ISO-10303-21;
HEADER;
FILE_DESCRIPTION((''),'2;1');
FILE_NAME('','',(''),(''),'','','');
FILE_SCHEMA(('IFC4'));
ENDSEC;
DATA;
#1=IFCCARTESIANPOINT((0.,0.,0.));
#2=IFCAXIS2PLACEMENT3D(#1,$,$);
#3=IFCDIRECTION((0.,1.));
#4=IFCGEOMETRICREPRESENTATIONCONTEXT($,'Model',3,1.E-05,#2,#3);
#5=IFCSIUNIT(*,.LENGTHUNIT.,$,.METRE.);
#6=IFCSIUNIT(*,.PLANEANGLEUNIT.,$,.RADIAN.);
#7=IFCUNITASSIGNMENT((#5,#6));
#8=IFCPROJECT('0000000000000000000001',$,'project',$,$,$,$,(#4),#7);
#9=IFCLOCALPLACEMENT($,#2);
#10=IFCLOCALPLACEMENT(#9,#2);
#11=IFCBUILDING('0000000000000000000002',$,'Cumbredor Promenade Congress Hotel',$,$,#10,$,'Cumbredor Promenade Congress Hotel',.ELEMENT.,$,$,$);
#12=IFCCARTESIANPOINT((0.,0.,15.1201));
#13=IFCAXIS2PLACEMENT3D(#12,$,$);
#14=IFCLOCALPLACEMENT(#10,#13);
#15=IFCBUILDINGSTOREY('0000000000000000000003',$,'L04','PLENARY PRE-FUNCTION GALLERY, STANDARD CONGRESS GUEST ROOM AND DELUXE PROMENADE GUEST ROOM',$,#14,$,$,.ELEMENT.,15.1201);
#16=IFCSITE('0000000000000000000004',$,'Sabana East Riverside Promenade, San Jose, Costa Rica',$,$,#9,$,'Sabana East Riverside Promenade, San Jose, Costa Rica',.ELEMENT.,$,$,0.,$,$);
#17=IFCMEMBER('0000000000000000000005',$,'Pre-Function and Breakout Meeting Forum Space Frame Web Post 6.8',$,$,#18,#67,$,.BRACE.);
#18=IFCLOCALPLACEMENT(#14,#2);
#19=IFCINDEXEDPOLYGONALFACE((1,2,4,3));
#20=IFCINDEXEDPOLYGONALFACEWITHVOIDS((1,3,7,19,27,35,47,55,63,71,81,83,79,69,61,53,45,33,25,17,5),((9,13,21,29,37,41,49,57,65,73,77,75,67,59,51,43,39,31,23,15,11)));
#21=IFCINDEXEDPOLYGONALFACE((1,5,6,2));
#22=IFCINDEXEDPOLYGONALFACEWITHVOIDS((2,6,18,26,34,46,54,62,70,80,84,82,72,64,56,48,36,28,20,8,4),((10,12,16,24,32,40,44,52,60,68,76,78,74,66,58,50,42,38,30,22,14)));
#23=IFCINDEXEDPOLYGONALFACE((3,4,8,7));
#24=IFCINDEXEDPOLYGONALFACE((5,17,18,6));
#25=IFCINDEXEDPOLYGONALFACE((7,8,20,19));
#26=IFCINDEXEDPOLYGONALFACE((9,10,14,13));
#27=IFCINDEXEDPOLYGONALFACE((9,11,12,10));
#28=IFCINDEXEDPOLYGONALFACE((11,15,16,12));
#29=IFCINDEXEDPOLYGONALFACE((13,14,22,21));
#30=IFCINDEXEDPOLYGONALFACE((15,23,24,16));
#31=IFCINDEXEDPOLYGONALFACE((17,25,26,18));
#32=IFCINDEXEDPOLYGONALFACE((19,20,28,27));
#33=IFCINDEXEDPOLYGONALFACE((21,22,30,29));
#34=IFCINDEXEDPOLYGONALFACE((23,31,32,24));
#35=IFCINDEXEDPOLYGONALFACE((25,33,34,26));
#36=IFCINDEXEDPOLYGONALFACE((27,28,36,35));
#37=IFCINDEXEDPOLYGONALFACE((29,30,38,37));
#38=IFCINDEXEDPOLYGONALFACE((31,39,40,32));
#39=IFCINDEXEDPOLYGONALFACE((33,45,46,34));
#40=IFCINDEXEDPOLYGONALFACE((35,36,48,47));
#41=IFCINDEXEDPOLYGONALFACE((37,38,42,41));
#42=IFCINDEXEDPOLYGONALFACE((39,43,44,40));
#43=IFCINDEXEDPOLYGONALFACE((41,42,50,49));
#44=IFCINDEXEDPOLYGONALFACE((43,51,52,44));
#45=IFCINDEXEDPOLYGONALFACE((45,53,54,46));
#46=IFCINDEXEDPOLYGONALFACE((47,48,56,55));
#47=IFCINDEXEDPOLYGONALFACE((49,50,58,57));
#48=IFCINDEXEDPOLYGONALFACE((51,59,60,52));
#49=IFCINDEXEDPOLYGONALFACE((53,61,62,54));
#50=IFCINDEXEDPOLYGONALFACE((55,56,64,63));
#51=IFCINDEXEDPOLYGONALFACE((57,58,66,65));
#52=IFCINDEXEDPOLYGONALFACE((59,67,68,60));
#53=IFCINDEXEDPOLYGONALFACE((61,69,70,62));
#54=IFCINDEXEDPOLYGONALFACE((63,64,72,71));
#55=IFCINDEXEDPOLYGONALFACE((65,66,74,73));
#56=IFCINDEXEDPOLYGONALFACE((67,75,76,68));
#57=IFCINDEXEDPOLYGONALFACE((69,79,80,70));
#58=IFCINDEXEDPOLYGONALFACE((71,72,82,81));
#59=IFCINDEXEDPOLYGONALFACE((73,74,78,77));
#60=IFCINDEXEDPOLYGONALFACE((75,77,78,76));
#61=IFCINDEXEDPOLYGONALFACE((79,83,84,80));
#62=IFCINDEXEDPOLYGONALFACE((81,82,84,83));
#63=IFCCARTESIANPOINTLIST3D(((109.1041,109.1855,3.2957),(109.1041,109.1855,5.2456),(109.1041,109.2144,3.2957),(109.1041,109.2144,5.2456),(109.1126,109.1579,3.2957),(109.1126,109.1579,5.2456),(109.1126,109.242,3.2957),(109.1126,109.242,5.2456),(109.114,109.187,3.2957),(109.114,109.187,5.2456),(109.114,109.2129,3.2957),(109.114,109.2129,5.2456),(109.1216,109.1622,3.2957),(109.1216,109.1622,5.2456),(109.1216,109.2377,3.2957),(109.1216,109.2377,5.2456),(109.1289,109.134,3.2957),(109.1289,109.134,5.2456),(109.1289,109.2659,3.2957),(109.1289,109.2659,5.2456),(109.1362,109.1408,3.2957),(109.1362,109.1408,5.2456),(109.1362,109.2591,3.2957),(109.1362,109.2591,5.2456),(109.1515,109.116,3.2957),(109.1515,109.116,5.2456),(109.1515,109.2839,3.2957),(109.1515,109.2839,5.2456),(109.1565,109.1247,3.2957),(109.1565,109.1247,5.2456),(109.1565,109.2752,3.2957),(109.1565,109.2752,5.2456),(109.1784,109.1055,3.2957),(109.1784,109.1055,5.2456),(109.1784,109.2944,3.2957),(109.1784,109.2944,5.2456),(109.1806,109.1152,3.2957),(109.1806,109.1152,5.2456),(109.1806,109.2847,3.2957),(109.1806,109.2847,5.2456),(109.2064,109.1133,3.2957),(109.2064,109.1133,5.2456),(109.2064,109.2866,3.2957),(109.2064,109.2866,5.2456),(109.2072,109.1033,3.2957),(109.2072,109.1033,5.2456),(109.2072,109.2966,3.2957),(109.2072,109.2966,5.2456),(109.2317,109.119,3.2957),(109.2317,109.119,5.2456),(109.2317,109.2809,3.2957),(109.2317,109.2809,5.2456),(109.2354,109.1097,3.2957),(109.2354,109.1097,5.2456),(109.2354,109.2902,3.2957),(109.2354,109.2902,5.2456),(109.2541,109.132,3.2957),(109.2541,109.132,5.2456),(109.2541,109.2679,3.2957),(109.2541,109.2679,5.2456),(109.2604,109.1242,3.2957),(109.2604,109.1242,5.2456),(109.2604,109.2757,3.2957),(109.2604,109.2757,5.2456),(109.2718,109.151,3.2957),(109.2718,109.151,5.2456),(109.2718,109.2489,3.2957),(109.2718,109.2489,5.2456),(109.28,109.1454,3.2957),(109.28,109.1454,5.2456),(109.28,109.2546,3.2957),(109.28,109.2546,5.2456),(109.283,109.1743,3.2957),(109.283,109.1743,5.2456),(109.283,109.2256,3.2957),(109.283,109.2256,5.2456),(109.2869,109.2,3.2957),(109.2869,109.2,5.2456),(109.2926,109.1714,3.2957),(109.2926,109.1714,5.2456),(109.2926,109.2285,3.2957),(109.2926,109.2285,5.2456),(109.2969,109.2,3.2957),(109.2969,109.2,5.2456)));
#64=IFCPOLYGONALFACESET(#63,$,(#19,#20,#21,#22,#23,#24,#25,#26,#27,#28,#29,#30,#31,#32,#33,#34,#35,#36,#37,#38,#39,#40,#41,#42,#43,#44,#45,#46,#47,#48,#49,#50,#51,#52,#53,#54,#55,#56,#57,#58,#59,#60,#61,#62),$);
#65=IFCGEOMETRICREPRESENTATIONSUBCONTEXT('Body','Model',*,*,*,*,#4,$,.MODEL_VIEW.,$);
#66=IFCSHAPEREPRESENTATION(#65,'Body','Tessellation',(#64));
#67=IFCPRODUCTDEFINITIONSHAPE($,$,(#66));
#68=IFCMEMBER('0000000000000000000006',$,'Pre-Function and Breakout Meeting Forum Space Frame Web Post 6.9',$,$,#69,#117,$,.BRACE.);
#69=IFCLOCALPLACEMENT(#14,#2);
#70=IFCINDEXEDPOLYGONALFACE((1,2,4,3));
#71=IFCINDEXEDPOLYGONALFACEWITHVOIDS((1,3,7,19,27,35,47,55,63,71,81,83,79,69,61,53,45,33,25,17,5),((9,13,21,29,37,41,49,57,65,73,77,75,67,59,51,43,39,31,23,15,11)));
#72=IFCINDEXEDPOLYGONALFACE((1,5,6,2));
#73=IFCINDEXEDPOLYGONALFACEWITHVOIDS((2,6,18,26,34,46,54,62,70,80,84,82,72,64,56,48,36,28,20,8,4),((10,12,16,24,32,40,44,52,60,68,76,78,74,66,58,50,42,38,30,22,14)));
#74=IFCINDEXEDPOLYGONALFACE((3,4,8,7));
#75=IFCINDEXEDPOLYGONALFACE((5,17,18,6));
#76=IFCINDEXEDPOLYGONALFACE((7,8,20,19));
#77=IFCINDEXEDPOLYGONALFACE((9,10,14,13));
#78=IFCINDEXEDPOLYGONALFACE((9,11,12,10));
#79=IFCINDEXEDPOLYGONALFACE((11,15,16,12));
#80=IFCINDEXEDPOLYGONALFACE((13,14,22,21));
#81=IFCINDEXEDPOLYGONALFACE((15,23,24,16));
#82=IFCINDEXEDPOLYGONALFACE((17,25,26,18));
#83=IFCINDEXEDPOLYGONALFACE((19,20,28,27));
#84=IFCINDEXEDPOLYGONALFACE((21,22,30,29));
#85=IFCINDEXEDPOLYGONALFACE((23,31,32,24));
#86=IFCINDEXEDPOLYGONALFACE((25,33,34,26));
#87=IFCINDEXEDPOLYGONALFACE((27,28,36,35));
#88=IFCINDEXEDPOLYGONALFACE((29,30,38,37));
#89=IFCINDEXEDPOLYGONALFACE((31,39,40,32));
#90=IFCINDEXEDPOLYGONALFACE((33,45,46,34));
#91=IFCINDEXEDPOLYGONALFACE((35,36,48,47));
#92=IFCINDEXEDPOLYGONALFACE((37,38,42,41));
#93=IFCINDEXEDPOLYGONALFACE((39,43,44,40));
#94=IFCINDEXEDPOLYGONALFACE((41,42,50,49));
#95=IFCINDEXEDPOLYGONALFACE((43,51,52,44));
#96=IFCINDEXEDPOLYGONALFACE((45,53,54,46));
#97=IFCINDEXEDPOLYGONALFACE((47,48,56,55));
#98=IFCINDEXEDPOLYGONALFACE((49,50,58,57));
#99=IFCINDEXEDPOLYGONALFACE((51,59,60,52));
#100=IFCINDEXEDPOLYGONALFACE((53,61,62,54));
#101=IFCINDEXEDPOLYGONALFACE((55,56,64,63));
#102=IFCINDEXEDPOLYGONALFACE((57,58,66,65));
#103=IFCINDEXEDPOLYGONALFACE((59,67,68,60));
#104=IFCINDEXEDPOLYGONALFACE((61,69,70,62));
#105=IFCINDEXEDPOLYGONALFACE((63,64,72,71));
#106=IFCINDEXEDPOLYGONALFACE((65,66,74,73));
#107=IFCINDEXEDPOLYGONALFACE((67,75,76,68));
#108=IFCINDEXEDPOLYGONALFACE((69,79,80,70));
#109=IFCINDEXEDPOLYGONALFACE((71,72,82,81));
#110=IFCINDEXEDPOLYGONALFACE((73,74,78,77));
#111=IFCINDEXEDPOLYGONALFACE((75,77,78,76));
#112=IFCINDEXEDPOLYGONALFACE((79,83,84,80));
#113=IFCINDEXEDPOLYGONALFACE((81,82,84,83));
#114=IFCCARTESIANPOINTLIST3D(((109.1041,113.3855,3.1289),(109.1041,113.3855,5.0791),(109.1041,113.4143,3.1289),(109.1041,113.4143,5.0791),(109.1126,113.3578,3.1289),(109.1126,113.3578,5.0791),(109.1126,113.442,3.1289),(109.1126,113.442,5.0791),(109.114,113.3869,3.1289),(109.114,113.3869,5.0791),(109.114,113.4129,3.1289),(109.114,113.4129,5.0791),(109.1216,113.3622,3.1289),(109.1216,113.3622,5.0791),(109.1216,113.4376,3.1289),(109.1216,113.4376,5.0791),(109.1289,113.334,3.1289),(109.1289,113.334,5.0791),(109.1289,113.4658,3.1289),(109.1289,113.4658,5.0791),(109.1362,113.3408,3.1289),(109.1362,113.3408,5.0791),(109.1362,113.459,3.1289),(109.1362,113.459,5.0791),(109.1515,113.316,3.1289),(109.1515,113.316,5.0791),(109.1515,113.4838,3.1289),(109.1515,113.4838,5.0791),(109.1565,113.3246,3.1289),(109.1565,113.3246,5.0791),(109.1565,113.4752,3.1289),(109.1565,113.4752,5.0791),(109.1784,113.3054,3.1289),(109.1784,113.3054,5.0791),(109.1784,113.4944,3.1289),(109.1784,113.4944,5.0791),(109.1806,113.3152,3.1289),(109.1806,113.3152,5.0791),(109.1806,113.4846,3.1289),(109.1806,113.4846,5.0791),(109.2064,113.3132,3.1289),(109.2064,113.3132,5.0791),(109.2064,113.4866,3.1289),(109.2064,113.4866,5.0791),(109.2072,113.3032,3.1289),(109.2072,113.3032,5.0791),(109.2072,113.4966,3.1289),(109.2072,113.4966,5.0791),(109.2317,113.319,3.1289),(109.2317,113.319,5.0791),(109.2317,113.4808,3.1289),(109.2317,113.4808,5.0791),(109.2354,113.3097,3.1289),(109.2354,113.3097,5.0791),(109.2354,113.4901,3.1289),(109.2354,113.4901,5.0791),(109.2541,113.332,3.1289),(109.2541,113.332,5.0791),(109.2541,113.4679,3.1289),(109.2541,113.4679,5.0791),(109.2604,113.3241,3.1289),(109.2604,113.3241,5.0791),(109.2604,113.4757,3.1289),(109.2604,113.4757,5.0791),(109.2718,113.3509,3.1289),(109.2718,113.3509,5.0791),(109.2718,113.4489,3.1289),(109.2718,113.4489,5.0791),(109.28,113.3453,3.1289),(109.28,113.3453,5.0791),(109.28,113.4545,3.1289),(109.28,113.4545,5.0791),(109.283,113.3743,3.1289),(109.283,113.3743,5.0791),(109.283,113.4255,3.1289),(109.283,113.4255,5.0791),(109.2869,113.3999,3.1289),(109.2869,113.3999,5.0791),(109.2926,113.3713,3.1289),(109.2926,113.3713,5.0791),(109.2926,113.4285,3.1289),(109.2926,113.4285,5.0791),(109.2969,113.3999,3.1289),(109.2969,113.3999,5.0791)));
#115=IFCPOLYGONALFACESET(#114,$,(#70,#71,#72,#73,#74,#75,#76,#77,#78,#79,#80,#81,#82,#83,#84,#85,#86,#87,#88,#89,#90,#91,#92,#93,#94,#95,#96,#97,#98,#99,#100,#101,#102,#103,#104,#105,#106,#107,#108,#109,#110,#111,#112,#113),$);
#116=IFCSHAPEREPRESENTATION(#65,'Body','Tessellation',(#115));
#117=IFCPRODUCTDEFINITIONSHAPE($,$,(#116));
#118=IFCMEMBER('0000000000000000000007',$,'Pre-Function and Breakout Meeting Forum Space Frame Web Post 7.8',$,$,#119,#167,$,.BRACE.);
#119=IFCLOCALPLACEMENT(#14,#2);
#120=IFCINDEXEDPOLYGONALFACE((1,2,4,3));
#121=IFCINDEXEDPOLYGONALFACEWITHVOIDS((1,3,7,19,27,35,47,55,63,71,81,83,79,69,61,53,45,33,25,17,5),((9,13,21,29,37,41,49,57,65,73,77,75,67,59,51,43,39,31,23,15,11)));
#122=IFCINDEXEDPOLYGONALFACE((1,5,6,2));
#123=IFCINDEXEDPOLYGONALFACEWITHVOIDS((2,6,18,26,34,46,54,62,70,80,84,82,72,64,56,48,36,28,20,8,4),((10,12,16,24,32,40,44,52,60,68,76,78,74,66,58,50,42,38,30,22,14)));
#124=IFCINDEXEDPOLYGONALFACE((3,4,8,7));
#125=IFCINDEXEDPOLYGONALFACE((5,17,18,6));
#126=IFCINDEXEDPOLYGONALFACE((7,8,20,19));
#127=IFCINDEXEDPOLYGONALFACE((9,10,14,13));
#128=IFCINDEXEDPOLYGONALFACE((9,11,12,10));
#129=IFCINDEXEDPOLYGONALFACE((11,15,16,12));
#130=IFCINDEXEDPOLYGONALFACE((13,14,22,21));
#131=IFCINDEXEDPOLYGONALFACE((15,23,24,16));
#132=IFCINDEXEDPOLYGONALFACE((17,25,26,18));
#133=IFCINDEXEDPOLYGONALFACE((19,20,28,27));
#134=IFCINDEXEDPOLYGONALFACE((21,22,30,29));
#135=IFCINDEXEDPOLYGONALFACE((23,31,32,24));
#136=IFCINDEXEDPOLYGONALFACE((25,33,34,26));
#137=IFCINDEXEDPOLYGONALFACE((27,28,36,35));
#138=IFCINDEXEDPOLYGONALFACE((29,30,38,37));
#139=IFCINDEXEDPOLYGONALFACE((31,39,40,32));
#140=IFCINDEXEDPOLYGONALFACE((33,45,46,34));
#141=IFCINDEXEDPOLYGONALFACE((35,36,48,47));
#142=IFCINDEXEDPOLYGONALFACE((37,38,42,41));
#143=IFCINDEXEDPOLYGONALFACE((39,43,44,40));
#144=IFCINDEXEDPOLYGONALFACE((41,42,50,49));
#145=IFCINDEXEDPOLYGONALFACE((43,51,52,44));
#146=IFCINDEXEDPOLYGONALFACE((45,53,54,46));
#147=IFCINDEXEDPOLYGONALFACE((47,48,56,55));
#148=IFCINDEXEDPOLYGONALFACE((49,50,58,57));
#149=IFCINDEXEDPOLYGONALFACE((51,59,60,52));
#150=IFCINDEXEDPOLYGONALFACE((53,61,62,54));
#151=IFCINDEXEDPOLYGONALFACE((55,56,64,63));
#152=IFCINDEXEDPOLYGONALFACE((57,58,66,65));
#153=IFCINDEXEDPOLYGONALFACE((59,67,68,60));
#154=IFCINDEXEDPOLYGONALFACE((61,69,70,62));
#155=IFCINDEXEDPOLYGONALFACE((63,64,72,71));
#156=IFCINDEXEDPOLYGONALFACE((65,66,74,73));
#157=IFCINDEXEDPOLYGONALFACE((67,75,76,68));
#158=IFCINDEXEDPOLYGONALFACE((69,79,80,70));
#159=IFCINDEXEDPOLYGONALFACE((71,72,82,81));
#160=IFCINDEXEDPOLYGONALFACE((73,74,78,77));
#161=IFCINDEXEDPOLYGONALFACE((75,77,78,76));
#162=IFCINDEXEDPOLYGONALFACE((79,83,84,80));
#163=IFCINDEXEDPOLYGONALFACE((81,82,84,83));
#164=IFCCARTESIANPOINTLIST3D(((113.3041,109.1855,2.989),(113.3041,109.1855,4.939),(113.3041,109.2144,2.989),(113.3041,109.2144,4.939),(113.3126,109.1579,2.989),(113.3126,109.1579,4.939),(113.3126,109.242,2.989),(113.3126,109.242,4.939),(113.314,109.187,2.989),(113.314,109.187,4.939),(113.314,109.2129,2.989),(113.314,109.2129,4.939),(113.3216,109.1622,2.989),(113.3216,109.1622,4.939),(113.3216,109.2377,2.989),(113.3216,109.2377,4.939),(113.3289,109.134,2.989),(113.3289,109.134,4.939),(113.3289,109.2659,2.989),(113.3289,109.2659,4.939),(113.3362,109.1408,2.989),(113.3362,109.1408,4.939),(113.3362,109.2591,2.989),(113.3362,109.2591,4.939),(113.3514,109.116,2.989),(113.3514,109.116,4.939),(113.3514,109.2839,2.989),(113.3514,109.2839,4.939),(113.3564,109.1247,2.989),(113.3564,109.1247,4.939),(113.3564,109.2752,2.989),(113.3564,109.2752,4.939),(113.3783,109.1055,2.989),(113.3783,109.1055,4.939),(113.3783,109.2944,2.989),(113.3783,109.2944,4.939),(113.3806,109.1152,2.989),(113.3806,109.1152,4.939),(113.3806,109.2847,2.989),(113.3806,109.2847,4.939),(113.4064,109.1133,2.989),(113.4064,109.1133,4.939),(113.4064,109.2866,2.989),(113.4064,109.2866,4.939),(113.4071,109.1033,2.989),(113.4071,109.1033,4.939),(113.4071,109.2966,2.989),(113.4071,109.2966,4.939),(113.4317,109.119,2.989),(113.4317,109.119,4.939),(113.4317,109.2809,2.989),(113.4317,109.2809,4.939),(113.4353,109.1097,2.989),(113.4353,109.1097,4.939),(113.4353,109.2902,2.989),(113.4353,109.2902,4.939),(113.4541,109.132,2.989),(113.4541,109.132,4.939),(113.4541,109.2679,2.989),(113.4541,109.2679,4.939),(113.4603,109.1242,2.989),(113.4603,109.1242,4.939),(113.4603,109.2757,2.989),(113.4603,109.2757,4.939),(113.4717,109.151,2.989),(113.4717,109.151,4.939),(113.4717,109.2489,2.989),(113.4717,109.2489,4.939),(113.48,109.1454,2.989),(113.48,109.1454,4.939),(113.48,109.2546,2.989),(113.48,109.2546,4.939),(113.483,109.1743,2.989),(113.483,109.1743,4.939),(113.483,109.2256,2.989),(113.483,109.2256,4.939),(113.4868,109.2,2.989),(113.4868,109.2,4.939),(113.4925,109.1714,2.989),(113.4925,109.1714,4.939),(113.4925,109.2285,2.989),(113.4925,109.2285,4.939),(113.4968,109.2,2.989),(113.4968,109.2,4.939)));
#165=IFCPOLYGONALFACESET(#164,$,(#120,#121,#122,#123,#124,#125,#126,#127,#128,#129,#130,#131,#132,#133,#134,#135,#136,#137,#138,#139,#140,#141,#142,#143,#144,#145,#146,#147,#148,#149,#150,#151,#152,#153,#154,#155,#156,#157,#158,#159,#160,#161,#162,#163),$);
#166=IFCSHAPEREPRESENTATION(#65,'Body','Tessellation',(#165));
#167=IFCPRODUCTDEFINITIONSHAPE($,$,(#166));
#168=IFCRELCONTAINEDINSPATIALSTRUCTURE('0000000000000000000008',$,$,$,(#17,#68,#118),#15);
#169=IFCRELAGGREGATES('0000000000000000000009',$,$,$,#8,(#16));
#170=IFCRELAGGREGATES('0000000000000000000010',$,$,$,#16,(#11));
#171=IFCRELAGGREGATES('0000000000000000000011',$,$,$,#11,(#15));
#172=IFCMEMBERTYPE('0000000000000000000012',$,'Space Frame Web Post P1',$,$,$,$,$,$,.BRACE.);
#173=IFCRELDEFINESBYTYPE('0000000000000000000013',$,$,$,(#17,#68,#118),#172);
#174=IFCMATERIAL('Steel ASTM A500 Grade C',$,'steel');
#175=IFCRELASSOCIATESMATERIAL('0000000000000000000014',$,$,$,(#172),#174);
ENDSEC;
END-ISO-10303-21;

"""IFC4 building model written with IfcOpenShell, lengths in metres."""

from ifc_helpers import new_model, si_unit, direction, frame, origin, origin_2d, place, context, subcontext, project, spatial, hollow_circle, extrude, material, material_profile, profile_set, type_object, element, save


model = new_model("IFC4")

# Units and contexts
model_context = context("Model", 3, precision=1e-05, world=origin(), true_north=direction((0.0, 1.0)))
body_context = subcontext(model_context, "Body", "Model", "MODEL_VIEW")
ifc_project = project(units=[si_unit("LENGTHUNIT", "METRE"), si_unit("PLANEANGLEUNIT", "RADIAN")], contexts=[model_context])

# Site, building, storey
site_placement = place(None, origin())
site = spatial("IfcSite", under=ifc_project, at=site_placement, Name="Sabana East Riverside Promenade, San Jose, Costa Rica", LongName="Sabana East Riverside Promenade, San Jose, Costa Rica", CompositionType="ELEMENT", RefElevation=0.0)
building_placement = place(site_placement, origin())
building = spatial("IfcBuilding", under=site, at=building_placement, Name="Cumbredor Promenade Congress Hotel", LongName="Cumbredor Promenade Congress Hotel", CompositionType="ELEMENT")
storey_placement = place(building_placement, frame((0.0, 0.0, 15.1201)))
storey = spatial("IfcBuildingStorey", under=building, at=storey_placement, Name="L04", Description="PLENARY PRE-FUNCTION GALLERY, STANDARD CONGRESS GUEST ROOM AND DELUXE PROMENADE GUEST ROOM", CompositionType="ELEMENT", Elevation=15.1201)

# Members
ifc_material_1 = material(Name="Steel ASTM A500 Grade C", Category="steel")
ifc_material_profile_1 = material_profile(ifc_material_1, hollow_circle(Radius=0.0969, WallThickness=0.01, at=origin_2d()), Name="CHS 193.7x10")
ifc_profile_set_1 = profile_set([ifc_material_profile_1], Name="Steel ASTM A500 Grade C")
member_type_1 = type_object("IfcMemberType", Name="Space Frame Web Post P1", PredefinedType="BRACE", material=ifc_profile_set_1)
member_1_placement = place(storey_placement, frame((109.2, 109.2, 3.2957), z_axis=(0.0, 0.0, 1.0), x_axis=(1.0, 0.0, 0.0)))
element("IfcMember", 1, at=member_1_placement, inside=storey, type_object=member_type_1, Name="Pre-Function and Breakout Meeting Forum Space Frame Web Post 6.8", PredefinedType="BRACE", context=body_context, shape_type="SweptSolid", body=[
    extrude(hollow_circle(Radius=0.0969, WallThickness=0.01, at=origin_2d()), origin(), (0.0, 0.0, 1.0), 1.95),
])
member_2_placement = place(storey_placement, frame((109.2, 113.3999, 3.1289), z_axis=(0.0, 0.0, 1.0), x_axis=(1.0, 0.0, 0.0)))
element("IfcMember", 2, at=member_2_placement, inside=storey, type_object=member_type_1, Name="Pre-Function and Breakout Meeting Forum Space Frame Web Post 6.9", PredefinedType="BRACE", context=body_context, shape_type="SweptSolid", body=[
    extrude(hollow_circle(Radius=0.0969, WallThickness=0.01, at=origin_2d()), origin(), (0.0, 0.0, 1.0), 1.9502),
])
for number, where, z_axis, x_axis, name in (
    (3, (113.3999, 109.2, 2.989), (0.0, 0.0, 1.0), (1.0, 0.0, 0.0), "Pre-Function and Breakout Meeting Forum Space Frame Web Post 7.8"),
):
    element("IfcMember", number, at=place(storey_placement, frame(where, z_axis=z_axis, x_axis=x_axis)), inside=storey, type_object=member_type_1, Name=name, PredefinedType="BRACE", context=body_context, shape_type="SweptSolid", body=[
        extrude(hollow_circle(Radius=0.0969, WallThickness=0.01, at=origin_2d()), origin(), (0.0, 0.0, 1.0), 1.95),
    ])

save(model, "model.ifc")
